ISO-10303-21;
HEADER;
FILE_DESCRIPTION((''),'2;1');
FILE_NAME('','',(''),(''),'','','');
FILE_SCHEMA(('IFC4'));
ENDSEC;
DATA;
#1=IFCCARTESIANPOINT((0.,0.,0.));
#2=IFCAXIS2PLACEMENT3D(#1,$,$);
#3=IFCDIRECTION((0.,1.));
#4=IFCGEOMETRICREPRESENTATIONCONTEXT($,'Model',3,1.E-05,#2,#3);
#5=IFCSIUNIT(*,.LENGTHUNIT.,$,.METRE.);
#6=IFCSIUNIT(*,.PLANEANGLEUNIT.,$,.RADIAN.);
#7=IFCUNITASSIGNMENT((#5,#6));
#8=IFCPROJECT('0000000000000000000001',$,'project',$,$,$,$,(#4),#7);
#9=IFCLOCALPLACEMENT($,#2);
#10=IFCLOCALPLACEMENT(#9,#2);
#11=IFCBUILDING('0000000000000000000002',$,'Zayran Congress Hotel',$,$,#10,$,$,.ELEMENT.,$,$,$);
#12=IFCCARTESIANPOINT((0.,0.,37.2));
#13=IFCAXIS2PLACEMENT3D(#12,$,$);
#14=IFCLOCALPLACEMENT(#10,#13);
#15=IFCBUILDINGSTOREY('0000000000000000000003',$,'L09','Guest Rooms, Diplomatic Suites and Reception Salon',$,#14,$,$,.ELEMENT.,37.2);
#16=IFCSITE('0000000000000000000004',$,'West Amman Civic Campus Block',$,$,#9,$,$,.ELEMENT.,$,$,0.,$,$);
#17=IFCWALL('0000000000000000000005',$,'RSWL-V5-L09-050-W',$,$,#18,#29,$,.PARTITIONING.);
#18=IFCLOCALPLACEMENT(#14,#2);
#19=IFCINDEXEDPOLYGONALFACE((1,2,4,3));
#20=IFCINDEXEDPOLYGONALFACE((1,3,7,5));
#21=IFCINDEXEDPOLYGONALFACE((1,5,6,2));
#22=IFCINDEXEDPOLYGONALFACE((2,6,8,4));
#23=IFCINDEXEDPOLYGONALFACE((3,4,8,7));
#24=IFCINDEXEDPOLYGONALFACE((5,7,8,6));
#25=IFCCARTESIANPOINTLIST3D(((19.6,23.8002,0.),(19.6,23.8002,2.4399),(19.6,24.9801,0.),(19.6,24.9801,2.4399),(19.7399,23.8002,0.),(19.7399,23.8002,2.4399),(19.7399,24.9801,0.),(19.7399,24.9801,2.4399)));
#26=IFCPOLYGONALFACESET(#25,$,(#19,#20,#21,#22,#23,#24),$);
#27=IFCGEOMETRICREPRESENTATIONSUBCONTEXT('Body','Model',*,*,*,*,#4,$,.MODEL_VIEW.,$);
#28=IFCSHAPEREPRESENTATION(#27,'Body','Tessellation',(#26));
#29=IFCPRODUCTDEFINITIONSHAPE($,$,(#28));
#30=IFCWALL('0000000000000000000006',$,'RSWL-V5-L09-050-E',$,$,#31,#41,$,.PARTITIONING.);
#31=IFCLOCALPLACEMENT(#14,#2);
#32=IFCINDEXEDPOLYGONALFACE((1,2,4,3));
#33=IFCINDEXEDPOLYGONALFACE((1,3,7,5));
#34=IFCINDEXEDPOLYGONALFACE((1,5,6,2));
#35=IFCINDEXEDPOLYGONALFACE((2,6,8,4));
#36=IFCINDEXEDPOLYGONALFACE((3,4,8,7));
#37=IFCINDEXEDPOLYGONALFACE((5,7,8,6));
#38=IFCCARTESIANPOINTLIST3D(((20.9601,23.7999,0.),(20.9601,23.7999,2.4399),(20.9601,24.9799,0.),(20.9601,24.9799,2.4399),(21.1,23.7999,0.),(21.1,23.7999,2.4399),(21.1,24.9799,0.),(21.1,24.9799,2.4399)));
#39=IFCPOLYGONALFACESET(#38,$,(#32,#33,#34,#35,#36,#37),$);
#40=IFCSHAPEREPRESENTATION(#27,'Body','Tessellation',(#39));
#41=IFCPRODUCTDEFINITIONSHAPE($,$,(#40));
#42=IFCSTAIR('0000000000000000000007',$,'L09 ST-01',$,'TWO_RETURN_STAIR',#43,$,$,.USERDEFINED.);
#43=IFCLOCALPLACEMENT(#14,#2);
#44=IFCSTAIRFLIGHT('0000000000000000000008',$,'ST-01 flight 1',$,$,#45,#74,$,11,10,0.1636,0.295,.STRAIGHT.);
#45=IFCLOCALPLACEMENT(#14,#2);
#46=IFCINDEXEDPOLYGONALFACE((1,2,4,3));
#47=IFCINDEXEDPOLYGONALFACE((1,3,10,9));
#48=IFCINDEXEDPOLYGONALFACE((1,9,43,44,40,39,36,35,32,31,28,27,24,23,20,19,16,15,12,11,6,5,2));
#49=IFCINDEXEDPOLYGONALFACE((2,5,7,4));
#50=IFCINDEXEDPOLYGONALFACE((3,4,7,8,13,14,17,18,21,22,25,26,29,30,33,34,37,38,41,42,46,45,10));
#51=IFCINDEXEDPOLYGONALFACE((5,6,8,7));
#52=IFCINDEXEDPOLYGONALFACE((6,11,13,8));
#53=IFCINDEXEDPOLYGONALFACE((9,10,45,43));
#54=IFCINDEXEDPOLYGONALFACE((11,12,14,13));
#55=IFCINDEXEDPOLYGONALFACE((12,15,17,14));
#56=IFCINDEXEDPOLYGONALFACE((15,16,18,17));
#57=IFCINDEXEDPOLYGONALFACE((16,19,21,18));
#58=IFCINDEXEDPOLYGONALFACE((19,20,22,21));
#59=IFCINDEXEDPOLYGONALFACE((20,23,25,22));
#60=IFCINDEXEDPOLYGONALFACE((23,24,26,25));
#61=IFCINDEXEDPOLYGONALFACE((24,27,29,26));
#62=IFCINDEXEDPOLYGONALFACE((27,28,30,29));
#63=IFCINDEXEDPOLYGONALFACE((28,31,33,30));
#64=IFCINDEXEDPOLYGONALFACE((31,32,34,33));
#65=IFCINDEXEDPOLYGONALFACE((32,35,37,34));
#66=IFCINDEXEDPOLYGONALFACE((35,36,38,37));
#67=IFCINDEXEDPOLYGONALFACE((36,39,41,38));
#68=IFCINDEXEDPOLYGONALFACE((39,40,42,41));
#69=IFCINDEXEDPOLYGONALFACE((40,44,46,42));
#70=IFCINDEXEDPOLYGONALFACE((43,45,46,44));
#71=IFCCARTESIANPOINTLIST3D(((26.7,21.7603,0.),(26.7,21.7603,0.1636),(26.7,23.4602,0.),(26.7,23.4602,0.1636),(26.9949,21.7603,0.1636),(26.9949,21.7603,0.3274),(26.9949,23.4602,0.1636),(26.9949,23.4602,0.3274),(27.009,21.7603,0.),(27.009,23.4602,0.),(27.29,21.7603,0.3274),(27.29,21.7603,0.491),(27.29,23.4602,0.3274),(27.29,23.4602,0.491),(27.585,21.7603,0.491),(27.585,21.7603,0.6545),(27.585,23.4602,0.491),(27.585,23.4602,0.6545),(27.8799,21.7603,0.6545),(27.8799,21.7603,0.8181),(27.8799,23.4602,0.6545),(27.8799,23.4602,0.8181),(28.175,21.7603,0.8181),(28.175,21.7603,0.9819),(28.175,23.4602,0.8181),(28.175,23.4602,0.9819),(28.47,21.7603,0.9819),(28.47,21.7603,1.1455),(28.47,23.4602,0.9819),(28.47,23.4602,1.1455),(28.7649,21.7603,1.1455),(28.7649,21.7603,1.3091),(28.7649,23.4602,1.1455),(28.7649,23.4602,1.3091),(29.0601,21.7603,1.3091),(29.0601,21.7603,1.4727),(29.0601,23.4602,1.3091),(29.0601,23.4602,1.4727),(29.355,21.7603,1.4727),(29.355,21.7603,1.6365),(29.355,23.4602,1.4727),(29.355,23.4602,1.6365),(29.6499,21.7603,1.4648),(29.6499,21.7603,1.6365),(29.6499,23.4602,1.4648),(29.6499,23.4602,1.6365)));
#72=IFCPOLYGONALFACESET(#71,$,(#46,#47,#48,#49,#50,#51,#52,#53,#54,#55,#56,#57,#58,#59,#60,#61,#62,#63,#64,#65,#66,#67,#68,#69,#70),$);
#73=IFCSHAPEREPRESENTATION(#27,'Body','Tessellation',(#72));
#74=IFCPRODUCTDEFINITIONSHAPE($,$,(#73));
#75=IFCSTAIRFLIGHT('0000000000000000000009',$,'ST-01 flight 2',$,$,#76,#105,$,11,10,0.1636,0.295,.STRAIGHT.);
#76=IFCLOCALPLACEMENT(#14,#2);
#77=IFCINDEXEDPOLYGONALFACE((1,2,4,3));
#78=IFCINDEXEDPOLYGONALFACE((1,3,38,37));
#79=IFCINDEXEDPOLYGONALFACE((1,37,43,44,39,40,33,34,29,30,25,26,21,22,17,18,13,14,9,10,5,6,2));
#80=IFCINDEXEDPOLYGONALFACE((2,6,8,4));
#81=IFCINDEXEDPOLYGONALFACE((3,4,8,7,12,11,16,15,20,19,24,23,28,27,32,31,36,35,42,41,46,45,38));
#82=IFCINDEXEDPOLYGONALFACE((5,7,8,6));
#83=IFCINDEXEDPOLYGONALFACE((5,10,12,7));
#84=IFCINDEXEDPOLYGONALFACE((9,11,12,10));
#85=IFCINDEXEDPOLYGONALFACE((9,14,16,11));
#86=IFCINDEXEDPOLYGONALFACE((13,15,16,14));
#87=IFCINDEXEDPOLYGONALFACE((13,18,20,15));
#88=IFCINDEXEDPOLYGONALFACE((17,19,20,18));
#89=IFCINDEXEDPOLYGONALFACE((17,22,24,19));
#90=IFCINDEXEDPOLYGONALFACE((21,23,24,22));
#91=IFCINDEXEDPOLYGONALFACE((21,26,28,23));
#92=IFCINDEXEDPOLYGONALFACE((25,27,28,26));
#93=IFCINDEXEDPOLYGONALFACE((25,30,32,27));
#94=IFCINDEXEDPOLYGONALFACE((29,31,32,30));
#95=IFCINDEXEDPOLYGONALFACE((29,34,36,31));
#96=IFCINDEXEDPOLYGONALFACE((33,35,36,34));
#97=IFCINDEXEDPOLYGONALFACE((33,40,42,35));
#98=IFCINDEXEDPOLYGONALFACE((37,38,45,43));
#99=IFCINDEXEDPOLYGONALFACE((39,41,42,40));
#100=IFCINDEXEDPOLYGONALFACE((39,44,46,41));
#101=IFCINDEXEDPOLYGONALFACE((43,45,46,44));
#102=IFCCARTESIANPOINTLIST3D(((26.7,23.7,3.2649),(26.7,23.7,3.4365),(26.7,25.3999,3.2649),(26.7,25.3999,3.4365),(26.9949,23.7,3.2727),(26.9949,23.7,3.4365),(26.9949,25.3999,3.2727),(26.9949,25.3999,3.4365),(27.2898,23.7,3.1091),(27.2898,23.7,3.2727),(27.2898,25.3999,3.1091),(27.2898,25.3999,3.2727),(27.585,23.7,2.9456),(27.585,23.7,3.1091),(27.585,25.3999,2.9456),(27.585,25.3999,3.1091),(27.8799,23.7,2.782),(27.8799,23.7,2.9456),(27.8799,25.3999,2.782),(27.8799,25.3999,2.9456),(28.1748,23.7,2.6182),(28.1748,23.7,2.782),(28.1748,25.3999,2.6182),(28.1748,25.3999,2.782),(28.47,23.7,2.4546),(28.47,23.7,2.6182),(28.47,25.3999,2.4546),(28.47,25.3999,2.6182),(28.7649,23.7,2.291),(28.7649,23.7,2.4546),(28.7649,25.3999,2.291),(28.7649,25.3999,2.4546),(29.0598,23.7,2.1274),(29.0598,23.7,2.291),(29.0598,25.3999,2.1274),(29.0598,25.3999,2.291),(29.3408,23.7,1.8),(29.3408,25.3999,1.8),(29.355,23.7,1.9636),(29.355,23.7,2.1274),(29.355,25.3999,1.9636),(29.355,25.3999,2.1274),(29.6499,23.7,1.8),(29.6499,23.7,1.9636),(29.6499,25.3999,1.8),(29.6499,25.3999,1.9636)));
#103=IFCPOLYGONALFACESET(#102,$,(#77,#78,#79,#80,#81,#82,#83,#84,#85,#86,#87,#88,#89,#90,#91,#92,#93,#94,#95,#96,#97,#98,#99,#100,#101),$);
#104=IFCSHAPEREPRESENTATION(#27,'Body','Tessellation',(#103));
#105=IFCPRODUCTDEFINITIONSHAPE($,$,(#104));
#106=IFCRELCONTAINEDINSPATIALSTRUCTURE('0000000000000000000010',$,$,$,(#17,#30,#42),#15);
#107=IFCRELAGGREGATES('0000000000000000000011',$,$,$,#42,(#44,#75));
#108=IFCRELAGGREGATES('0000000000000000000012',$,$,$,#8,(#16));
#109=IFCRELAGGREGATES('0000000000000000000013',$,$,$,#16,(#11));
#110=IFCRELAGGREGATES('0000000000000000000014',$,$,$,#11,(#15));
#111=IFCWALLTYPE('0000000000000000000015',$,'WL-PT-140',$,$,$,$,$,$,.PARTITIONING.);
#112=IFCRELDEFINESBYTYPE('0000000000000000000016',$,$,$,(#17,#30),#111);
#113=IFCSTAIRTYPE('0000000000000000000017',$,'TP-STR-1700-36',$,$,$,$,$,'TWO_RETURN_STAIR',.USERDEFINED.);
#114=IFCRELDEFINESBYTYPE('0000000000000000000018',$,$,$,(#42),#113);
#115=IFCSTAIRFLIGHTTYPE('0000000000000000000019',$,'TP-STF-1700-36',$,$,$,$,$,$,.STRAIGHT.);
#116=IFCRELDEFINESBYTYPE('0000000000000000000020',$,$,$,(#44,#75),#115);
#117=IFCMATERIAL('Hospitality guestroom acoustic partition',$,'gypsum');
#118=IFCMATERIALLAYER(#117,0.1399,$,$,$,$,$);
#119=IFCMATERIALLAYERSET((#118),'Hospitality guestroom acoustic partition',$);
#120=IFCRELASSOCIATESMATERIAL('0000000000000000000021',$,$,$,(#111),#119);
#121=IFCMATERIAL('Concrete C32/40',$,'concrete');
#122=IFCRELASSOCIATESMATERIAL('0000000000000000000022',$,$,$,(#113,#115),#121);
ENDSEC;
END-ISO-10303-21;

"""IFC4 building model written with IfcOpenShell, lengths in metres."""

from ifc_helpers import new_model, si_unit, direction, frame, frame_2d, origin, place, context, subcontext, project, spatial, polyline, rectangle, outline, extrude, material, layer, layer_set, type_object, element, aggregate, save


model = new_model("IFC4")

# Units and contexts
model_context = context("Model", 3, precision=1e-05, world=origin(), true_north=direction((0.0, 1.0)))
body_context = subcontext(model_context, "Body", "Model", "MODEL_VIEW")
ifc_project = project(units=[si_unit("LENGTHUNIT", "METRE"), si_unit("PLANEANGLEUNIT", "RADIAN")], contexts=[model_context])

# Site, building, storey
site_placement = place(None, origin())
site = spatial("IfcSite", under=ifc_project, at=site_placement, Name="West Amman Civic Campus Block", CompositionType="ELEMENT", RefElevation=0.0)
building_placement = place(site_placement, origin())
building = spatial("IfcBuilding", under=site, at=building_placement, Name="Zayran Congress Hotel", CompositionType="ELEMENT")
storey_placement = place(building_placement, frame((0.0, 0.0, 37.2)))
storey = spatial("IfcBuildingStorey", under=building, at=storey_placement, Name="L09", Description="Guest Rooms, Diplomatic Suites and Reception Salon", CompositionType="ELEMENT", Elevation=37.2)

# Walls
ifc_material_1 = material(Name="Hospitality guestroom acoustic partition", Category="gypsum")
ifc_layer_1 = layer(ifc_material_1, 0.1399)
ifc_layer_set_1 = layer_set([ifc_layer_1], Name="Hospitality guestroom acoustic partition")
wall_type_1 = type_object("IfcWallType", Name="WL-PT-140", PredefinedType="PARTITIONING", material=ifc_layer_set_1)
for number, where, z_axis, x_axis, name in (
    (1, (19.6699, 24.98, 0.0), (0.0, 0.0, 1.0), (0.0, -1.0, 0.0), "RSWL-V5-L09-050-W"),
    (2, (21.03, 23.8, 0.0), (0.0, 0.0, 1.0), (0.0, 1.0, 0.0), "RSWL-V5-L09-050-E"),
):
    element("IfcWall", number, at=place(storey_placement, frame(where, z_axis=z_axis, x_axis=x_axis)), inside=storey, type_object=wall_type_1, Name=name, PredefinedType="PARTITIONING", context=body_context, shape_type="SweptSolid", body=[
        extrude(rectangle(XDim=1.1799, YDim=0.1399, at=frame_2d((0.5898, 0.0))), origin(), (0.0, 0.0, 1.0), 2.4399),
    ])

# Stair, stair flights
ifc_material_2 = material(Name="Concrete C32/40", Category="concrete")
stair_type = type_object("IfcStairType", Name="TP-STR-1700-36", ElementType="TWO_RETURN_STAIR", PredefinedType="USERDEFINED", material=ifc_material_2)
stair_placement = place(storey_placement, origin())
stair = element("IfcStair", 3, at=stair_placement, inside=storey, type_object=stair_type, Name="L09 ST-01", ObjectType="TWO_RETURN_STAIR", PredefinedType="USERDEFINED")
stair_flight_type = type_object("IfcStairFlightType", Name="TP-STF-1700-36", PredefinedType="STRAIGHT", material=ifc_material_2)
stair_flight_1_placement = place(storey_placement, frame((26.7, 22.6101, 0.0), z_axis=(0.0, 0.0, 1.0), x_axis=(1.0, 0.0, 0.0)))
stair_flight_1 = element("IfcStairFlight", 4, at=stair_flight_1_placement, type_object=stair_flight_type, Name="ST-01 flight 1", NumberOfRisers=11, NumberOfTreads=10, PredefinedType="STRAIGHT", RiserHeight=0.1636, TreadLength=0.295, context=body_context, shape_type="SweptSolid", body=[
    extrude(outline(polyline([(0.0, 0.0), (0.0, 0.1636), (0.2949, 0.1636), (0.2949, 0.3274), (0.5901, 0.3274), (0.5901, 0.491), (0.885, 0.491), (0.885, 0.6545), (1.1799, 0.6545), (1.1799, 0.8181), (1.4751, 0.8181), (1.4751, 0.9819), (1.77, 0.9819), (1.77, 1.1455), (2.0649, 1.1455), (2.0649, 1.3091), (2.3601, 1.3091), (2.3601, 1.4727), (2.655, 1.4727), (2.655, 1.6365), (2.95, 1.6365), (2.95, 1.8), (2.95, 1.4648), (0.3091, 0.0), (0.0, 0.0)])), frame((0.0, 0.8501, 0.0), z_axis=(0.0, -1.0, 0.0), x_axis=(1.0, 0.0, 0.0)), (0.0, 0.0, 1.0), 1.7),
])
stair_flight_2_placement = place(storey_placement, frame((29.6499, 24.55, 1.8), z_axis=(0.0, 0.0, 1.0), x_axis=(-1.0, 0.0, 0.0)))
stair_flight_2 = element("IfcStairFlight", 5, at=stair_flight_2_placement, type_object=stair_flight_type, Name="ST-01 flight 2", NumberOfRisers=11, NumberOfTreads=10, PredefinedType="STRAIGHT", RiserHeight=0.1636, TreadLength=0.295, context=body_context, shape_type="SweptSolid", body=[
    extrude(outline(polyline([(0.0, 0.0), (0.0, 0.1636), (0.2949, 0.1636), (0.2949, 0.3274), (0.5901, 0.3274), (0.5901, 0.491), (0.885, 0.491), (0.885, 0.6545), (1.1799, 0.6545), (1.1799, 0.8181), (1.4751, 0.8181), (1.4751, 0.9819), (1.77, 0.9819), (1.77, 1.1455), (2.0649, 1.1455), (2.0649, 1.3091), (2.3601, 1.3091), (2.3601, 1.4727), (2.655, 1.4727), (2.655, 1.6365), (2.95, 1.6365), (2.95, 1.8), (2.95, 1.4648), (0.3091, 0.0), (0.0, 0.0)])), frame((0.0, 0.8501, 0.0), z_axis=(0.0, -1.0, 0.0), x_axis=(1.0, 0.0, 0.0)), (0.0, 0.0, 1.0), 1.7),
])
aggregate(stair, [stair_flight_1, stair_flight_2])

save(model, "model.ifc")
